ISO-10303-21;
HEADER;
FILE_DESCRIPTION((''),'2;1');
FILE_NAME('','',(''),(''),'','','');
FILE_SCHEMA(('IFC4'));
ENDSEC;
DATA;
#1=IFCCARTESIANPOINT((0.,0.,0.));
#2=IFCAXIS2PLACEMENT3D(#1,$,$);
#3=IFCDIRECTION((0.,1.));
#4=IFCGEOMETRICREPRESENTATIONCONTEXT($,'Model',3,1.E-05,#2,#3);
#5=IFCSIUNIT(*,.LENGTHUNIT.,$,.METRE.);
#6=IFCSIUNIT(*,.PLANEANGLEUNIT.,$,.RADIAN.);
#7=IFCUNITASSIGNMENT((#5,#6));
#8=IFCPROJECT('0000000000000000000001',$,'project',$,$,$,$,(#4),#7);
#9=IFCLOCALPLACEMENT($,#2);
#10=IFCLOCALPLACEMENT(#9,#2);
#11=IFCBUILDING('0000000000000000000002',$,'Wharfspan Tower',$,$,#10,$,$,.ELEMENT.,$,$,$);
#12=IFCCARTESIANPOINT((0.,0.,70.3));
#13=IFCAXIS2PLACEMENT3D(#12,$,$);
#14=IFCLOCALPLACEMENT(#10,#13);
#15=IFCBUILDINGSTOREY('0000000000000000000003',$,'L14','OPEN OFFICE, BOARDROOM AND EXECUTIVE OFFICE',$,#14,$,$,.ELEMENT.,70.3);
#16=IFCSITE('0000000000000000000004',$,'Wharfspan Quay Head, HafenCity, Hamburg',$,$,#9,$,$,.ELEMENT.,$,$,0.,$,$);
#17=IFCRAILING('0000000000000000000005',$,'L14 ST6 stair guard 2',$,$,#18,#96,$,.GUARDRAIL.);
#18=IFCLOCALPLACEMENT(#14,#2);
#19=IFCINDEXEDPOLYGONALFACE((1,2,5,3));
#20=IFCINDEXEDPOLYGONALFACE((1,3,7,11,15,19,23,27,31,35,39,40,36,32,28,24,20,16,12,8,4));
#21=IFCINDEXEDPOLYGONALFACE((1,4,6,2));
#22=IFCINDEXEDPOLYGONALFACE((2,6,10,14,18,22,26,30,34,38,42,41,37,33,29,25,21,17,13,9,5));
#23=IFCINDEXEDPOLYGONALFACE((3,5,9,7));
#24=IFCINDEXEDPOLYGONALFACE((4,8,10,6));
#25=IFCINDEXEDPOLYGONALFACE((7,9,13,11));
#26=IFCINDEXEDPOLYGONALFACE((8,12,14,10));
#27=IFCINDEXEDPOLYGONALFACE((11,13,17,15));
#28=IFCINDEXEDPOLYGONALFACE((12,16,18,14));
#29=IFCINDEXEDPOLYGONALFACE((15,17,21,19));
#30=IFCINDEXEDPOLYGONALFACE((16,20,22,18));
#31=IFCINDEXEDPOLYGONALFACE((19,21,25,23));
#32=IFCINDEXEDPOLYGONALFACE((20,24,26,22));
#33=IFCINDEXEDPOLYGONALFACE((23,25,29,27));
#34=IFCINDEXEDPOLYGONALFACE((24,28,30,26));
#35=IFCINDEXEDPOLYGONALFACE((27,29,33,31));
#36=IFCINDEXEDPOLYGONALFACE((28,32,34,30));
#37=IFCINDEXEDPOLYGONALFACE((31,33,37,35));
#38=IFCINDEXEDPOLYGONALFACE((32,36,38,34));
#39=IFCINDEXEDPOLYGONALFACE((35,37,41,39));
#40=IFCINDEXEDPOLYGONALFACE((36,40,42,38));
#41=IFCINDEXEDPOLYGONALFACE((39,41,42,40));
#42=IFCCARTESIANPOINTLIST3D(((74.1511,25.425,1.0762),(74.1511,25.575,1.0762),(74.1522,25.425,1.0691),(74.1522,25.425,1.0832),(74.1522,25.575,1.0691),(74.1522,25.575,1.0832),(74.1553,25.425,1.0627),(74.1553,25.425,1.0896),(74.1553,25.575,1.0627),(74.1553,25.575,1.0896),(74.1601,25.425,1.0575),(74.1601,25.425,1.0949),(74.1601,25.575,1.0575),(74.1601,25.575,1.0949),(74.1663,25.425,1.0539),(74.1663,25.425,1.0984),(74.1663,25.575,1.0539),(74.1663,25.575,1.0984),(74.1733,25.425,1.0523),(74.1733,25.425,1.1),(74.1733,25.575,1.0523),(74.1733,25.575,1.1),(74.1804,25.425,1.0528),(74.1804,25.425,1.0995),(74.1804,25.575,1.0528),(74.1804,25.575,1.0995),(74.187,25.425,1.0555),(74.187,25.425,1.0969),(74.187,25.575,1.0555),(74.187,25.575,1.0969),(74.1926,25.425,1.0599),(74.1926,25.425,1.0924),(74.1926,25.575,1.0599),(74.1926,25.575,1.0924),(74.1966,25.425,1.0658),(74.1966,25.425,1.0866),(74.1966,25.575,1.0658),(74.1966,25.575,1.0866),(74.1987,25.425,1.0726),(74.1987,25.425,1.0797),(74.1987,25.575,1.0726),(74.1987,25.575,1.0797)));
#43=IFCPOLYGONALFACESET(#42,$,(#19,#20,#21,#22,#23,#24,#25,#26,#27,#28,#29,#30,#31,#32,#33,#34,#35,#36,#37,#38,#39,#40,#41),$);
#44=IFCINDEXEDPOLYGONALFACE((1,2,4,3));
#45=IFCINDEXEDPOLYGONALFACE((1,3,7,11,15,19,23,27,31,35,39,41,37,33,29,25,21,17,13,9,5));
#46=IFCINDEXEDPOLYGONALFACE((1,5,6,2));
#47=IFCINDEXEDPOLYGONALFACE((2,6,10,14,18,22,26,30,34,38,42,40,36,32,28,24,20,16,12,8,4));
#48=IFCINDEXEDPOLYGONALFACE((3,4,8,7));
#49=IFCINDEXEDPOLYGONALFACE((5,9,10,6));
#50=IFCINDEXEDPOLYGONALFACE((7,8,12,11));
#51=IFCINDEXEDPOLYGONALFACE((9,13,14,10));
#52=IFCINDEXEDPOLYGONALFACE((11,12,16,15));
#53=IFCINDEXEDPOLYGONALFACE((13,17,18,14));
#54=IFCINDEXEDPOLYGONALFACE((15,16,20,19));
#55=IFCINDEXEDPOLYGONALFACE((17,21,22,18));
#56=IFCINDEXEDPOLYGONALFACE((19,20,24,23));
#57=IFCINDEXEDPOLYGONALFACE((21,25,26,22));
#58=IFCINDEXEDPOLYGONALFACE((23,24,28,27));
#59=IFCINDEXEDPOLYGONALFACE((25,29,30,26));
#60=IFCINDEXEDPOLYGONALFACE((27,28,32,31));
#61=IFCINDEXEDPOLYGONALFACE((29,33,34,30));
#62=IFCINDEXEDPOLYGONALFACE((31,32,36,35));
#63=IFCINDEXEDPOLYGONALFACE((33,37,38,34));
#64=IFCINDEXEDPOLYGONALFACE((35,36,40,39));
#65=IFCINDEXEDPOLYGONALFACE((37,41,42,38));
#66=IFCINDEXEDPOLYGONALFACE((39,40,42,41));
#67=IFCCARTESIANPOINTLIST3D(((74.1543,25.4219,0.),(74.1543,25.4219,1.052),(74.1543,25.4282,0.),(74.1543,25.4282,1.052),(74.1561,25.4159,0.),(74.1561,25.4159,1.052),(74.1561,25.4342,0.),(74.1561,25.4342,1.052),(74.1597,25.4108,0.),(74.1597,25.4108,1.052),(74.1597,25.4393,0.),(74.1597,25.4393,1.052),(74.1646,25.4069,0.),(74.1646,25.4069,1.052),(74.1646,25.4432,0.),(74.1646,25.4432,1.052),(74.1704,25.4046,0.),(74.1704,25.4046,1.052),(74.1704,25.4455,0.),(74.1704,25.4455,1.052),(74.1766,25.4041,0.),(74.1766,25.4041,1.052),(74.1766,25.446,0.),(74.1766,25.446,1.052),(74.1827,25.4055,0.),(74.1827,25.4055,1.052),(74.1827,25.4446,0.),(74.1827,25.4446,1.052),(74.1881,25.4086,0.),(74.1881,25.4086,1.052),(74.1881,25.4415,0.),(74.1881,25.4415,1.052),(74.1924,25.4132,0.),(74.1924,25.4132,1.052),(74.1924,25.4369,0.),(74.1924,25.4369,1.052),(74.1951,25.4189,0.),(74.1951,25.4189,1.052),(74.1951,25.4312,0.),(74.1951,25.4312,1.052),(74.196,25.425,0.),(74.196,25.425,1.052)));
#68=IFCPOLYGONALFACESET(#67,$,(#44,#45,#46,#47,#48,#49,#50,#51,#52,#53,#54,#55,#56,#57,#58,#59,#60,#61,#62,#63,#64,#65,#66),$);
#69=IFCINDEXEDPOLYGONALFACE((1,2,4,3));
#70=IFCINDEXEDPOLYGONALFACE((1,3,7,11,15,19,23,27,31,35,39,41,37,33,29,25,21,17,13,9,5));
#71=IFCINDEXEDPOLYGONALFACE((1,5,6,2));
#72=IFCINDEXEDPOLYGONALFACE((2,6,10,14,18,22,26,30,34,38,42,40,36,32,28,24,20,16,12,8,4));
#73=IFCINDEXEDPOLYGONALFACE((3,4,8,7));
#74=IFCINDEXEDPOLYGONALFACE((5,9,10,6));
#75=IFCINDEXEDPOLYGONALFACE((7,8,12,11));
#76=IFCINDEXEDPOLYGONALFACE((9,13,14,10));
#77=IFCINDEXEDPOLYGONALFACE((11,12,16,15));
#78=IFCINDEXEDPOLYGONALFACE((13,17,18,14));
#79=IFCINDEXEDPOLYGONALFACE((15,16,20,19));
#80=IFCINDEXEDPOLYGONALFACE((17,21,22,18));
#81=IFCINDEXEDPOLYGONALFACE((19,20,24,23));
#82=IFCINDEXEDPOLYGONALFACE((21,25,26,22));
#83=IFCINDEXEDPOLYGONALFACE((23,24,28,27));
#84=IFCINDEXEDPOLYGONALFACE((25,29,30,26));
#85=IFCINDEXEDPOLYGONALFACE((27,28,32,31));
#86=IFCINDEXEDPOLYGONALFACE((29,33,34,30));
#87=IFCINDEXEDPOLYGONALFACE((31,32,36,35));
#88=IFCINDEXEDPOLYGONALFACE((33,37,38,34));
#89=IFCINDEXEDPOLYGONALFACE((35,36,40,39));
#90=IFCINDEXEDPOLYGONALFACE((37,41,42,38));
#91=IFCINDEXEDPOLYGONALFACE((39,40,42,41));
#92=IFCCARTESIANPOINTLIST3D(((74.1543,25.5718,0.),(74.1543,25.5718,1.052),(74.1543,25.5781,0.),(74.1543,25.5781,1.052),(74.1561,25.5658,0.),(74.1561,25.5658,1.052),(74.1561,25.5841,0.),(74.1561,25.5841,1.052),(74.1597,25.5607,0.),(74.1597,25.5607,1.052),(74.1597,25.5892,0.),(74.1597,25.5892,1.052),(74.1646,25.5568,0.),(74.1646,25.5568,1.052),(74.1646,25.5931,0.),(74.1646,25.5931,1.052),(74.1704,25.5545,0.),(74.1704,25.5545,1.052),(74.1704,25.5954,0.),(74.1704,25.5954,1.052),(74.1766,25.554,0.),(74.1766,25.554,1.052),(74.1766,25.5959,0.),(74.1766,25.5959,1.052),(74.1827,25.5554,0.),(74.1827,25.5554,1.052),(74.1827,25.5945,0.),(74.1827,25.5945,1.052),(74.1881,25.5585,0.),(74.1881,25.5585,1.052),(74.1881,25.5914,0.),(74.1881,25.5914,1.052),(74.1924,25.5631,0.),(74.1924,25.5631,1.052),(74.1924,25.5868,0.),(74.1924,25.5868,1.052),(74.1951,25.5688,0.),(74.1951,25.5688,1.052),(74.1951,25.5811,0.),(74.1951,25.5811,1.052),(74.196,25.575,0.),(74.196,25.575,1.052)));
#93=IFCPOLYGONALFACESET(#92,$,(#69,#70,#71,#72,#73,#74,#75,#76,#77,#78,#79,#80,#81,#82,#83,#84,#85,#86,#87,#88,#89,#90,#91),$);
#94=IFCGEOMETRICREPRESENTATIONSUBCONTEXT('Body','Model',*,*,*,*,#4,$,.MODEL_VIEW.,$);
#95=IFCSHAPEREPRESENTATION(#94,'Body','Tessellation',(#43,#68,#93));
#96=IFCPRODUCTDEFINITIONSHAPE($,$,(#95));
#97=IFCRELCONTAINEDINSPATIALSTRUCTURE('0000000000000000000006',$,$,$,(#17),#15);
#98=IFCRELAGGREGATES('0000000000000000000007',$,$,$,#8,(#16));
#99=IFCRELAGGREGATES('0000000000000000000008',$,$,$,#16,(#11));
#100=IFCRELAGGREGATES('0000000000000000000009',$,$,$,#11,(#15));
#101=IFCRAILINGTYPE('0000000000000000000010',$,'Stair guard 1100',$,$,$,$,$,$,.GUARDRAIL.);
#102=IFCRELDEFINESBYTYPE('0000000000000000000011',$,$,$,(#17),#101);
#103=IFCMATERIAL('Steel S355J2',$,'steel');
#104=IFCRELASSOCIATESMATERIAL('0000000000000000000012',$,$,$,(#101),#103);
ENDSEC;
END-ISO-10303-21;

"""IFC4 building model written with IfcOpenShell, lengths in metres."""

from ifc_helpers import new_model, si_unit, direction, frame, origin, origin_2d, place, context, subcontext, project, spatial, circle, extrude, material, type_object, element, save


model = new_model("IFC4")

# Units and contexts
model_context = context("Model", 3, precision=1e-05, world=origin(), true_north=direction((0.0, 1.0)))
body_context = subcontext(model_context, "Body", "Model", "MODEL_VIEW")
ifc_project = project(units=[si_unit("LENGTHUNIT", "METRE"), si_unit("PLANEANGLEUNIT", "RADIAN")], contexts=[model_context])

# Site, building, storey
site_placement = place(None, origin())
site = spatial("IfcSite", under=ifc_project, at=site_placement, Name="Wharfspan Quay Head, HafenCity, Hamburg", CompositionType="ELEMENT", RefElevation=0.0)
building_placement = place(site_placement, origin())
building = spatial("IfcBuilding", under=site, at=building_placement, Name="Wharfspan Tower", CompositionType="ELEMENT")
storey_placement = place(building_placement, frame((0.0, 0.0, 70.3)))
storey = spatial("IfcBuildingStorey", under=building, at=storey_placement, Name="L14", Description="OPEN OFFICE, BOARDROOM AND EXECUTIVE OFFICE", CompositionType="ELEMENT", Elevation=70.3)

# Shared definitions
ifc_material_1 = material(Name="Steel S355J2", Category="steel")

# Railing
railing_type_1 = type_object("IfcRailingType", Name="Stair guard 1100", PredefinedType="GUARDRAIL", material=ifc_material_1)
railing_1_placement = place(storey_placement, frame((74.175, 25.425, 0.0)))
element("IfcRailing", 1, at=railing_1_placement, inside=storey, type_object=railing_type_1, Name="L14 ST6 stair guard 2", PredefinedType="GUARDRAIL", context=body_context, shape_type="SweptSolid", body=[
    extrude(circle(Radius=0.0239, at=origin_2d()), frame((0.0, 0.0, 1.0762), z_axis=(0.0, 1.0, 0.0), x_axis=(-1.0, 0.0, 0.0)), (0.0, 0.0, 1.0), 0.1499),
    extrude(circle(Radius=0.021, at=origin_2d()), origin(), (0.0, 0.0, 1.0), 1.052),
    extrude(circle(Radius=0.021, at=origin_2d()), frame((0.0, 0.1499, 0.0)), (0.0, 0.0, 1.0), 1.052),
])

save(model, "model.ifc")
